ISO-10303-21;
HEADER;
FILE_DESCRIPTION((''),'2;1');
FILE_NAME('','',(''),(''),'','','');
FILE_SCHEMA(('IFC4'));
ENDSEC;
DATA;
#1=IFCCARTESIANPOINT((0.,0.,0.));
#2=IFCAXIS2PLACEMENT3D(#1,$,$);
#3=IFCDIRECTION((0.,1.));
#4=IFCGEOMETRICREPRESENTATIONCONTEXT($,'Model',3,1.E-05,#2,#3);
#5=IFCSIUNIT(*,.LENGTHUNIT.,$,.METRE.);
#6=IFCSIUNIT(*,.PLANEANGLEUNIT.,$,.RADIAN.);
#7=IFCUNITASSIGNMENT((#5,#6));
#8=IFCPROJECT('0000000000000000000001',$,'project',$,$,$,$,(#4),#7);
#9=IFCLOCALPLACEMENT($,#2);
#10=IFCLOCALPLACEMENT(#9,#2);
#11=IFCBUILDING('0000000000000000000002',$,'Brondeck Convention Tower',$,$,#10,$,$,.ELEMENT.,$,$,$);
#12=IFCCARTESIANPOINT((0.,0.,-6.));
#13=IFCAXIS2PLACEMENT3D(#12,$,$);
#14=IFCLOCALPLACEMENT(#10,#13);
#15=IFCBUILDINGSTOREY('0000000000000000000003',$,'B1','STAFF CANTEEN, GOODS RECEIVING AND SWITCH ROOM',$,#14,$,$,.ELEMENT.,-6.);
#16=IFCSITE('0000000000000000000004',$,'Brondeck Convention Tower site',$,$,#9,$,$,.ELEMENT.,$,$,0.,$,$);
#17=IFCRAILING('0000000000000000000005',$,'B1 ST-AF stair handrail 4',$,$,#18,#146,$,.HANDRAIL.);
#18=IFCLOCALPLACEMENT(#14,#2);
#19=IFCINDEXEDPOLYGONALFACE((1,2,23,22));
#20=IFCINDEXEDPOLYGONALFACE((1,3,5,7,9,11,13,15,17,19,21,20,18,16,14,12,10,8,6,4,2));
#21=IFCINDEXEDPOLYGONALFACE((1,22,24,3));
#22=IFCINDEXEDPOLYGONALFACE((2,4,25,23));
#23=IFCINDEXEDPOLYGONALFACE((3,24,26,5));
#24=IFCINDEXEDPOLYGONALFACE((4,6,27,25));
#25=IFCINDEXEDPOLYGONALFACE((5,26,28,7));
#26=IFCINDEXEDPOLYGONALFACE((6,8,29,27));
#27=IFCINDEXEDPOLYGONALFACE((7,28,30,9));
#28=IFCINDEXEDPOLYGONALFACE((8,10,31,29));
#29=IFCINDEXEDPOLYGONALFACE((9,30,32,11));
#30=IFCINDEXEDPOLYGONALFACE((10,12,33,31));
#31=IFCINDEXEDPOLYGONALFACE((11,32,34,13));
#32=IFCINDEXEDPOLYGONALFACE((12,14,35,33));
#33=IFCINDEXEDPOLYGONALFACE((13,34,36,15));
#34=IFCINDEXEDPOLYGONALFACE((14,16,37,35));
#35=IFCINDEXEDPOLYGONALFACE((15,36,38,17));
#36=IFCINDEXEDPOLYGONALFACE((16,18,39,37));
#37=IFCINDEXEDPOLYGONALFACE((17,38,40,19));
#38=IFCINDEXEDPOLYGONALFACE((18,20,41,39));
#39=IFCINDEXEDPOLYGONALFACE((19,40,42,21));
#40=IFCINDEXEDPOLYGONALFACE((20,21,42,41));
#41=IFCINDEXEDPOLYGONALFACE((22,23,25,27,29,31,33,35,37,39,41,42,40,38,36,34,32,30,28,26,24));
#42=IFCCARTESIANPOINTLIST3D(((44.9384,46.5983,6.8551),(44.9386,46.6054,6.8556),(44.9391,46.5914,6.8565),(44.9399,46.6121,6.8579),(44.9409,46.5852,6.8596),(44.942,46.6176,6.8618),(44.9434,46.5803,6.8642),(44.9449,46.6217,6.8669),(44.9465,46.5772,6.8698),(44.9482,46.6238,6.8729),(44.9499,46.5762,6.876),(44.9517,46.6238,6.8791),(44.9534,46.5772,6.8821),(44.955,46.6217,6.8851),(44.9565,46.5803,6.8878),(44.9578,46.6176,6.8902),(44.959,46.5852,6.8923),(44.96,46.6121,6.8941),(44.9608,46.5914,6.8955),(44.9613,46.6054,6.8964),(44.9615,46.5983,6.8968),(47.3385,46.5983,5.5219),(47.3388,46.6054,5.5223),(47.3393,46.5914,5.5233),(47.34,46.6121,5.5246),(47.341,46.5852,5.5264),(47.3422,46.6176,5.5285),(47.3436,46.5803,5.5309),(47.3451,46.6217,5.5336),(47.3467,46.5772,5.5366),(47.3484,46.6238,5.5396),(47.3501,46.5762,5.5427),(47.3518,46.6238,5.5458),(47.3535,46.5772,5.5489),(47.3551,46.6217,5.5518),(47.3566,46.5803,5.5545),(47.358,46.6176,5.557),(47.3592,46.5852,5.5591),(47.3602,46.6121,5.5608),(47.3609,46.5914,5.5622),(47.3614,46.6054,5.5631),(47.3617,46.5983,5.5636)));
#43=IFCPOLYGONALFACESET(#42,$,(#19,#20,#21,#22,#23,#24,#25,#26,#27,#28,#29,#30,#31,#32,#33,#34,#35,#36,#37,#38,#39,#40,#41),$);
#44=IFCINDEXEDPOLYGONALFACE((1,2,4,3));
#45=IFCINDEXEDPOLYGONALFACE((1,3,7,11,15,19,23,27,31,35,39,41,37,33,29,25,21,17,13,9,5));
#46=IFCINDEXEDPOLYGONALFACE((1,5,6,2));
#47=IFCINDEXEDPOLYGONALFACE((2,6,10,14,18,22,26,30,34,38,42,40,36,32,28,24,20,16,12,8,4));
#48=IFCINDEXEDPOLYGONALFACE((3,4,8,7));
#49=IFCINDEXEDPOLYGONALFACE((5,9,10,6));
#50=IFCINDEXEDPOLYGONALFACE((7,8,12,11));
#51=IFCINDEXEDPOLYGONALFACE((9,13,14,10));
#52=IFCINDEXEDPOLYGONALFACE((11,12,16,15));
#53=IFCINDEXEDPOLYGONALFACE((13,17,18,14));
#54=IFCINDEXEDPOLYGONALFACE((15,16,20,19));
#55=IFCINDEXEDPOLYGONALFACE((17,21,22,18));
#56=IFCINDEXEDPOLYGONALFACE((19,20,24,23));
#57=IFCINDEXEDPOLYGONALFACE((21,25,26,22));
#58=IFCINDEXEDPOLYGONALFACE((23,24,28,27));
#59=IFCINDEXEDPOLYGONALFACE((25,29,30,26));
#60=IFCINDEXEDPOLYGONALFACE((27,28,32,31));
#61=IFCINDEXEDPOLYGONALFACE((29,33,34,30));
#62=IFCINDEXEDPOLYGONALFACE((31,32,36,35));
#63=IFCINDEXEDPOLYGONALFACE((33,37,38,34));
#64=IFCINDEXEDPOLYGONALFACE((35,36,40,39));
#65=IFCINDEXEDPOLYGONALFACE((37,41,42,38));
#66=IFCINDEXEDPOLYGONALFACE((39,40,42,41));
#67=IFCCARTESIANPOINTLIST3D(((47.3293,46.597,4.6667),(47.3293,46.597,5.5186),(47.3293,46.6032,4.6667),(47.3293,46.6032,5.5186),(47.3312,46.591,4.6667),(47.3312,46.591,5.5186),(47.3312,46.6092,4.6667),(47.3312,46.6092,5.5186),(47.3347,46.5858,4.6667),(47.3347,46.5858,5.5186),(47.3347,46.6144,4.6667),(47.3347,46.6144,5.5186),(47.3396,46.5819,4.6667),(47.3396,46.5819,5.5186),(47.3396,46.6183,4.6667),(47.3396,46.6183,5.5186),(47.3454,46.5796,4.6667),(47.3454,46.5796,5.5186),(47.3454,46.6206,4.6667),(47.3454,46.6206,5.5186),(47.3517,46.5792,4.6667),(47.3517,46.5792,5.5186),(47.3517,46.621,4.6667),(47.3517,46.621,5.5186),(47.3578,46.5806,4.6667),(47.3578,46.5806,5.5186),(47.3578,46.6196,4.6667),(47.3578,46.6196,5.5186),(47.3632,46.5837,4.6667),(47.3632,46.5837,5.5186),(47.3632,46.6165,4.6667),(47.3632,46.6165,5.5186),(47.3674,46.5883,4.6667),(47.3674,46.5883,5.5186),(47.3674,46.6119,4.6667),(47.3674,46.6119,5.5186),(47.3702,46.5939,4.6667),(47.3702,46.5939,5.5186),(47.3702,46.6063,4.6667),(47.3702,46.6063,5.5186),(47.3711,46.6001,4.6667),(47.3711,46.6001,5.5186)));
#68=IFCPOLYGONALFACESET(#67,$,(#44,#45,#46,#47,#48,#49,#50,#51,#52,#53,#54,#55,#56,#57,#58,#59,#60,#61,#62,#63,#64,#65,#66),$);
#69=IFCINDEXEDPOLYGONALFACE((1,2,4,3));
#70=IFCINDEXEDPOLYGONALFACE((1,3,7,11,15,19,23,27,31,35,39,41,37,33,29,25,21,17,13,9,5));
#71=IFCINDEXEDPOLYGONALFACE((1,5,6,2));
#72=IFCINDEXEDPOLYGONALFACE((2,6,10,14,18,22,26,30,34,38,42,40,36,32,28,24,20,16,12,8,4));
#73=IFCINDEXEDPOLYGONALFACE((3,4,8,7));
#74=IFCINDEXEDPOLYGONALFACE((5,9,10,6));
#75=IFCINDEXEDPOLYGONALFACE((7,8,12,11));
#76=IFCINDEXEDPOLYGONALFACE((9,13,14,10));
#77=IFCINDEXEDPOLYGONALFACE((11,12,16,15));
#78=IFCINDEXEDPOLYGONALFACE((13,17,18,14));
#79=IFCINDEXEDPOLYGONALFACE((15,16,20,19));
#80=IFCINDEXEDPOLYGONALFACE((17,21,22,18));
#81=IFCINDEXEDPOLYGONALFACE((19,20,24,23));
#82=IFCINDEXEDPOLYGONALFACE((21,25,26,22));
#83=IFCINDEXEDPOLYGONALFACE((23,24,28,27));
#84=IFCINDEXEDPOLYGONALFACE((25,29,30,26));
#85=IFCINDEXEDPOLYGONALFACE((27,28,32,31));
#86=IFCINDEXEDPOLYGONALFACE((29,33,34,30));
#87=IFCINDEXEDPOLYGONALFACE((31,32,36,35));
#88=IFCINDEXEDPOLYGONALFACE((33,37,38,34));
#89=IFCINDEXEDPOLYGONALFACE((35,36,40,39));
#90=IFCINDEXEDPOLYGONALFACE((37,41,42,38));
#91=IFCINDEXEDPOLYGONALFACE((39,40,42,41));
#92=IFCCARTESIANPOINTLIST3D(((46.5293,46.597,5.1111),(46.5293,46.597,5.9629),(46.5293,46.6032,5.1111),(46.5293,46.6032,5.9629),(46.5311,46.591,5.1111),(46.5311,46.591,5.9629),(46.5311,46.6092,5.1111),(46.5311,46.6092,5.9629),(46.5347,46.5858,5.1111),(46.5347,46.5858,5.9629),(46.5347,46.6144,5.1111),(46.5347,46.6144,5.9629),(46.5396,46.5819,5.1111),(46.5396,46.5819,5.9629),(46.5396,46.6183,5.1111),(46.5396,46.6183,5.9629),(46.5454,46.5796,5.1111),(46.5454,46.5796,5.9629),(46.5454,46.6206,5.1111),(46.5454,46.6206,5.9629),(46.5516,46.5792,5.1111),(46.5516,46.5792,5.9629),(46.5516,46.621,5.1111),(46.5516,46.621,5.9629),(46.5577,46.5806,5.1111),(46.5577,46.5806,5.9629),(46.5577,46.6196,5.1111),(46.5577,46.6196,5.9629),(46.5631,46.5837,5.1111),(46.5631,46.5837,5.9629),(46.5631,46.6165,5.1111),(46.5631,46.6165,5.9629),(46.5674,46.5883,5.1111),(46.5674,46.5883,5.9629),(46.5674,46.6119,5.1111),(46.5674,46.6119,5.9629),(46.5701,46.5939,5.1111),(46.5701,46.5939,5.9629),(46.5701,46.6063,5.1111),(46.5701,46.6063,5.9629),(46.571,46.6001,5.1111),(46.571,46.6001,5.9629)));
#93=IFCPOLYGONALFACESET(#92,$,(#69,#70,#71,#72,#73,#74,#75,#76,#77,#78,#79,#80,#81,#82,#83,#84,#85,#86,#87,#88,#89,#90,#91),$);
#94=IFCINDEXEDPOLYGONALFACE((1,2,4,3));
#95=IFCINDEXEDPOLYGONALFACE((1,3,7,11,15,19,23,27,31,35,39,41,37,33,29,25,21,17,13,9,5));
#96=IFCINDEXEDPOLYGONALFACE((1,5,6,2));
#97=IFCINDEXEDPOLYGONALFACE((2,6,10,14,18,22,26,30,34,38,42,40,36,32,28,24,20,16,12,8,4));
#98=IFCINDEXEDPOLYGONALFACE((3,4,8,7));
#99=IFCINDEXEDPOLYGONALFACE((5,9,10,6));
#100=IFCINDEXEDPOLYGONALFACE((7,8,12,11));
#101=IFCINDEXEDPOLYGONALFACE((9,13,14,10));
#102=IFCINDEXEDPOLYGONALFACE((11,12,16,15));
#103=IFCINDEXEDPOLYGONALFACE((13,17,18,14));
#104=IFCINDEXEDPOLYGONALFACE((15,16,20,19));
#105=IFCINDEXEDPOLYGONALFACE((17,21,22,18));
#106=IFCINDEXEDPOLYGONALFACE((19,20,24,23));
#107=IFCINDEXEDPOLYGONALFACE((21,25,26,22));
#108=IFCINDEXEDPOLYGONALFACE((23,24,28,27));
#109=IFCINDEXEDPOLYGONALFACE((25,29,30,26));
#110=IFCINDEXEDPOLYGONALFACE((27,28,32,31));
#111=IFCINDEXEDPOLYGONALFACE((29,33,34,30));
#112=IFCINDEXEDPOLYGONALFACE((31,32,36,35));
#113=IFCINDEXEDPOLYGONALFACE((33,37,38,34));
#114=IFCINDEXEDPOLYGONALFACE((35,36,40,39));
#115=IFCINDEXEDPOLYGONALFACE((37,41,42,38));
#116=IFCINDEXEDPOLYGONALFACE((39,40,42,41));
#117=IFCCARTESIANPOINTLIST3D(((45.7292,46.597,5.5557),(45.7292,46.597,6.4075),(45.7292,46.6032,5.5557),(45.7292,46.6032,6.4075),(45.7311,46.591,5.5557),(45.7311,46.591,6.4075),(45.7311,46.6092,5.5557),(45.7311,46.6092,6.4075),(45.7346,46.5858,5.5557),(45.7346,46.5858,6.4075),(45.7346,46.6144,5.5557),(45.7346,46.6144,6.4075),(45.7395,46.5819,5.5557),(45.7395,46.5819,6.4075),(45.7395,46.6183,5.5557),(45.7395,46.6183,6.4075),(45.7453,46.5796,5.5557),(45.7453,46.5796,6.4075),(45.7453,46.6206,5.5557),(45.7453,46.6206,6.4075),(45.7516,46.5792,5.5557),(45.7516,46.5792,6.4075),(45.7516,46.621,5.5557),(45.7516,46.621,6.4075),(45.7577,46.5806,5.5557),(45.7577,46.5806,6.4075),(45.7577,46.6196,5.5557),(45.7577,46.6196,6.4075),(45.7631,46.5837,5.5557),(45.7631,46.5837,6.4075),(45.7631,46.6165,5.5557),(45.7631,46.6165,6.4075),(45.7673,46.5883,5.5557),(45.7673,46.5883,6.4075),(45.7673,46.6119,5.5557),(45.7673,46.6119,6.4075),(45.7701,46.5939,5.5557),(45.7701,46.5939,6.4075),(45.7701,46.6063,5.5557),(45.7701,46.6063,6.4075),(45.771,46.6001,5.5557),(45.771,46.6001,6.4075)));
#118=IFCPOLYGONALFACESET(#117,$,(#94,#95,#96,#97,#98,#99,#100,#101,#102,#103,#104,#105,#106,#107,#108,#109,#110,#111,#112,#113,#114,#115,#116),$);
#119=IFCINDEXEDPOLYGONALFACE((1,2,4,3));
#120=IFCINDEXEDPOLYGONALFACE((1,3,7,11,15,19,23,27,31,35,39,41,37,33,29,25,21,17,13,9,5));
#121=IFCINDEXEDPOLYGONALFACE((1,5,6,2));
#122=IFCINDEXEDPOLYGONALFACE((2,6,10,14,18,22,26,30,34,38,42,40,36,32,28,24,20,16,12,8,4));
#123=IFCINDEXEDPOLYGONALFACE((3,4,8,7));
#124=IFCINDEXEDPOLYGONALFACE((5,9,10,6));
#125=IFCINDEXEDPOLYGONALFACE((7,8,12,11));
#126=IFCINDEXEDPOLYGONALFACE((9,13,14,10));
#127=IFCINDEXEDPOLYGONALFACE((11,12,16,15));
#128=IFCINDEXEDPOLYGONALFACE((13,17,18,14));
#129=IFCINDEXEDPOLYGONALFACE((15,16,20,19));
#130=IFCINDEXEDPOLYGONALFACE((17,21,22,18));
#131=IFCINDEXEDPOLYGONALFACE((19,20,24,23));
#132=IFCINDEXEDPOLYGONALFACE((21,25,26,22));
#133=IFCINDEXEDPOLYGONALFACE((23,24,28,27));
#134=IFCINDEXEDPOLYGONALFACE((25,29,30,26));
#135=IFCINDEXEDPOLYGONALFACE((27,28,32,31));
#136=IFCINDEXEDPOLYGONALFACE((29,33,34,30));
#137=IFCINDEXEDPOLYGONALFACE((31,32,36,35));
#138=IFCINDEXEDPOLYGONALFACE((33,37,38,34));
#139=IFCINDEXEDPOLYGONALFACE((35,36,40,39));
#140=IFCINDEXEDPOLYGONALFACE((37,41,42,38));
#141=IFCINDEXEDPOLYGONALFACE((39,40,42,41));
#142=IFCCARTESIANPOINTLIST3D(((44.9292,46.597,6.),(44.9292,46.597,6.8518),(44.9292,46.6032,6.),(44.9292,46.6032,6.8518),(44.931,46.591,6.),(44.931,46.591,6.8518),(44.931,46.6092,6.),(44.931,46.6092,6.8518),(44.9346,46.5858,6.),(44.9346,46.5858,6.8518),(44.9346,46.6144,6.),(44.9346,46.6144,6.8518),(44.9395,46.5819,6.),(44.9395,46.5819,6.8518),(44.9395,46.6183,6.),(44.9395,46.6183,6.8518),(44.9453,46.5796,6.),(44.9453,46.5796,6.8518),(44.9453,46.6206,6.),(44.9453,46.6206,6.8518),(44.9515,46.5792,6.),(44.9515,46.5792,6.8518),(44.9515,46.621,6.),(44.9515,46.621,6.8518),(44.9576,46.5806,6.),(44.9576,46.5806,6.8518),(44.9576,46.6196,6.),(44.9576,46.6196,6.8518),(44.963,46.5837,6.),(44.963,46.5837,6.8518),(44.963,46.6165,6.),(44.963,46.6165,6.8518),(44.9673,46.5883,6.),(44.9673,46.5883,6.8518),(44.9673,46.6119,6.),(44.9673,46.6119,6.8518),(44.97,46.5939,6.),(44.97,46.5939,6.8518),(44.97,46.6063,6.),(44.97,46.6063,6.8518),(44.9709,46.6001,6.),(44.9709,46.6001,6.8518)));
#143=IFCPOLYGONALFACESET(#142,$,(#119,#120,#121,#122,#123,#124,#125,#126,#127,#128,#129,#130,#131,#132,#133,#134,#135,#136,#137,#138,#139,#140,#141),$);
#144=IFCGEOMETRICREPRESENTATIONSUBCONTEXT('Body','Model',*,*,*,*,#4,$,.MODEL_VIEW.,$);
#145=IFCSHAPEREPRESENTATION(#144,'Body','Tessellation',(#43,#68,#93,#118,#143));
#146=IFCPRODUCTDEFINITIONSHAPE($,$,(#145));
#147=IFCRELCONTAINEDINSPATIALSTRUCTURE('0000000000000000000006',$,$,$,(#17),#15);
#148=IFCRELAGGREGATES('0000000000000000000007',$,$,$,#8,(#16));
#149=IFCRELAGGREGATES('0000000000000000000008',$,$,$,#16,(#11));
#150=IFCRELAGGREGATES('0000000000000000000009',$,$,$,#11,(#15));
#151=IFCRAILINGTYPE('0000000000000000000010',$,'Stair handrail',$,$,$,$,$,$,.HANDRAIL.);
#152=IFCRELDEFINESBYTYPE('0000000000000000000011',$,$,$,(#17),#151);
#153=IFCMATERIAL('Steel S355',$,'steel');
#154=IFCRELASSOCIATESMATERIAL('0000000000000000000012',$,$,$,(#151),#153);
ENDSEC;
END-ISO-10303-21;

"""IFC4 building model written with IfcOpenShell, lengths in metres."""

from ifc_helpers import new_model, si_unit, direction, frame, origin, origin_2d, place, context, subcontext, project, spatial, circle, extrude, material, type_object, element, save


model = new_model("IFC4")

# Units and contexts
model_context = context("Model", 3, precision=1e-05, world=origin(), true_north=direction((0.0, 1.0)))
body_context = subcontext(model_context, "Body", "Model", "MODEL_VIEW")
ifc_project = project(units=[si_unit("LENGTHUNIT", "METRE"), si_unit("PLANEANGLEUNIT", "RADIAN")], contexts=[model_context])

# Site, building, storey
site_placement = place(None, origin())
site = spatial("IfcSite", under=ifc_project, at=site_placement, Name="Brondeck Convention Tower site", CompositionType="ELEMENT", RefElevation=0.0)
building_placement = place(site_placement, origin())
building = spatial("IfcBuilding", under=site, at=building_placement, Name="Brondeck Convention Tower", CompositionType="ELEMENT")
storey_placement = place(building_placement, frame((0.0, 0.0, -6.0)))
storey = spatial("IfcBuildingStorey", under=building, at=storey_placement, Name="B1", Description="STAFF CANTEEN, GOODS RECEIVING AND SWITCH ROOM", CompositionType="ELEMENT", Elevation=-6.0)

# Shared definitions
ifc_material_1 = material(Name="Steel S355", Category="steel")

# Railing
railing_type_1 = type_object("IfcRailingType", Name="Stair handrail", PredefinedType="HANDRAIL", material=ifc_material_1)
for number, where, name in (
    (1, (47.3501, 46.6001, 4.6667), "B1 ST-AF stair handrail 4"),
):
    element("IfcRailing", number, at=place(storey_placement, frame(where)), inside=storey, type_object=railing_type_1, Name=name, PredefinedType="HANDRAIL", context=body_context, shape_type="SweptSolid", body=[
        extrude(circle(Radius=0.0239, at=origin_2d()), frame((0.0, 0.0, 0.876), z_axis=(-0.874182, 0.0, 0.485598), x_axis=(0.0, -1.0, 0.0)), (0.0, 0.0, 1.0), 2.7456),
        extrude(circle(Radius=0.021, at=origin_2d()), origin(), (0.0, 0.0, 1.0), 0.8518),
        extrude(circle(Radius=0.021, at=origin_2d()), frame((-0.8, 0.0, 0.4443)), (0.0, 0.0, 1.0), 0.8518),
        extrude(circle(Radius=0.021, at=origin_2d()), frame((-1.6001, 0.0, 0.8889)), (0.0, 0.0, 1.0), 0.8518),
        extrude(circle(Radius=0.021, at=origin_2d()), frame((-2.4001, 0.0, 1.3333)), (0.0, 0.0, 1.0), 0.8518),
    ])

save(model, "model.ifc")
